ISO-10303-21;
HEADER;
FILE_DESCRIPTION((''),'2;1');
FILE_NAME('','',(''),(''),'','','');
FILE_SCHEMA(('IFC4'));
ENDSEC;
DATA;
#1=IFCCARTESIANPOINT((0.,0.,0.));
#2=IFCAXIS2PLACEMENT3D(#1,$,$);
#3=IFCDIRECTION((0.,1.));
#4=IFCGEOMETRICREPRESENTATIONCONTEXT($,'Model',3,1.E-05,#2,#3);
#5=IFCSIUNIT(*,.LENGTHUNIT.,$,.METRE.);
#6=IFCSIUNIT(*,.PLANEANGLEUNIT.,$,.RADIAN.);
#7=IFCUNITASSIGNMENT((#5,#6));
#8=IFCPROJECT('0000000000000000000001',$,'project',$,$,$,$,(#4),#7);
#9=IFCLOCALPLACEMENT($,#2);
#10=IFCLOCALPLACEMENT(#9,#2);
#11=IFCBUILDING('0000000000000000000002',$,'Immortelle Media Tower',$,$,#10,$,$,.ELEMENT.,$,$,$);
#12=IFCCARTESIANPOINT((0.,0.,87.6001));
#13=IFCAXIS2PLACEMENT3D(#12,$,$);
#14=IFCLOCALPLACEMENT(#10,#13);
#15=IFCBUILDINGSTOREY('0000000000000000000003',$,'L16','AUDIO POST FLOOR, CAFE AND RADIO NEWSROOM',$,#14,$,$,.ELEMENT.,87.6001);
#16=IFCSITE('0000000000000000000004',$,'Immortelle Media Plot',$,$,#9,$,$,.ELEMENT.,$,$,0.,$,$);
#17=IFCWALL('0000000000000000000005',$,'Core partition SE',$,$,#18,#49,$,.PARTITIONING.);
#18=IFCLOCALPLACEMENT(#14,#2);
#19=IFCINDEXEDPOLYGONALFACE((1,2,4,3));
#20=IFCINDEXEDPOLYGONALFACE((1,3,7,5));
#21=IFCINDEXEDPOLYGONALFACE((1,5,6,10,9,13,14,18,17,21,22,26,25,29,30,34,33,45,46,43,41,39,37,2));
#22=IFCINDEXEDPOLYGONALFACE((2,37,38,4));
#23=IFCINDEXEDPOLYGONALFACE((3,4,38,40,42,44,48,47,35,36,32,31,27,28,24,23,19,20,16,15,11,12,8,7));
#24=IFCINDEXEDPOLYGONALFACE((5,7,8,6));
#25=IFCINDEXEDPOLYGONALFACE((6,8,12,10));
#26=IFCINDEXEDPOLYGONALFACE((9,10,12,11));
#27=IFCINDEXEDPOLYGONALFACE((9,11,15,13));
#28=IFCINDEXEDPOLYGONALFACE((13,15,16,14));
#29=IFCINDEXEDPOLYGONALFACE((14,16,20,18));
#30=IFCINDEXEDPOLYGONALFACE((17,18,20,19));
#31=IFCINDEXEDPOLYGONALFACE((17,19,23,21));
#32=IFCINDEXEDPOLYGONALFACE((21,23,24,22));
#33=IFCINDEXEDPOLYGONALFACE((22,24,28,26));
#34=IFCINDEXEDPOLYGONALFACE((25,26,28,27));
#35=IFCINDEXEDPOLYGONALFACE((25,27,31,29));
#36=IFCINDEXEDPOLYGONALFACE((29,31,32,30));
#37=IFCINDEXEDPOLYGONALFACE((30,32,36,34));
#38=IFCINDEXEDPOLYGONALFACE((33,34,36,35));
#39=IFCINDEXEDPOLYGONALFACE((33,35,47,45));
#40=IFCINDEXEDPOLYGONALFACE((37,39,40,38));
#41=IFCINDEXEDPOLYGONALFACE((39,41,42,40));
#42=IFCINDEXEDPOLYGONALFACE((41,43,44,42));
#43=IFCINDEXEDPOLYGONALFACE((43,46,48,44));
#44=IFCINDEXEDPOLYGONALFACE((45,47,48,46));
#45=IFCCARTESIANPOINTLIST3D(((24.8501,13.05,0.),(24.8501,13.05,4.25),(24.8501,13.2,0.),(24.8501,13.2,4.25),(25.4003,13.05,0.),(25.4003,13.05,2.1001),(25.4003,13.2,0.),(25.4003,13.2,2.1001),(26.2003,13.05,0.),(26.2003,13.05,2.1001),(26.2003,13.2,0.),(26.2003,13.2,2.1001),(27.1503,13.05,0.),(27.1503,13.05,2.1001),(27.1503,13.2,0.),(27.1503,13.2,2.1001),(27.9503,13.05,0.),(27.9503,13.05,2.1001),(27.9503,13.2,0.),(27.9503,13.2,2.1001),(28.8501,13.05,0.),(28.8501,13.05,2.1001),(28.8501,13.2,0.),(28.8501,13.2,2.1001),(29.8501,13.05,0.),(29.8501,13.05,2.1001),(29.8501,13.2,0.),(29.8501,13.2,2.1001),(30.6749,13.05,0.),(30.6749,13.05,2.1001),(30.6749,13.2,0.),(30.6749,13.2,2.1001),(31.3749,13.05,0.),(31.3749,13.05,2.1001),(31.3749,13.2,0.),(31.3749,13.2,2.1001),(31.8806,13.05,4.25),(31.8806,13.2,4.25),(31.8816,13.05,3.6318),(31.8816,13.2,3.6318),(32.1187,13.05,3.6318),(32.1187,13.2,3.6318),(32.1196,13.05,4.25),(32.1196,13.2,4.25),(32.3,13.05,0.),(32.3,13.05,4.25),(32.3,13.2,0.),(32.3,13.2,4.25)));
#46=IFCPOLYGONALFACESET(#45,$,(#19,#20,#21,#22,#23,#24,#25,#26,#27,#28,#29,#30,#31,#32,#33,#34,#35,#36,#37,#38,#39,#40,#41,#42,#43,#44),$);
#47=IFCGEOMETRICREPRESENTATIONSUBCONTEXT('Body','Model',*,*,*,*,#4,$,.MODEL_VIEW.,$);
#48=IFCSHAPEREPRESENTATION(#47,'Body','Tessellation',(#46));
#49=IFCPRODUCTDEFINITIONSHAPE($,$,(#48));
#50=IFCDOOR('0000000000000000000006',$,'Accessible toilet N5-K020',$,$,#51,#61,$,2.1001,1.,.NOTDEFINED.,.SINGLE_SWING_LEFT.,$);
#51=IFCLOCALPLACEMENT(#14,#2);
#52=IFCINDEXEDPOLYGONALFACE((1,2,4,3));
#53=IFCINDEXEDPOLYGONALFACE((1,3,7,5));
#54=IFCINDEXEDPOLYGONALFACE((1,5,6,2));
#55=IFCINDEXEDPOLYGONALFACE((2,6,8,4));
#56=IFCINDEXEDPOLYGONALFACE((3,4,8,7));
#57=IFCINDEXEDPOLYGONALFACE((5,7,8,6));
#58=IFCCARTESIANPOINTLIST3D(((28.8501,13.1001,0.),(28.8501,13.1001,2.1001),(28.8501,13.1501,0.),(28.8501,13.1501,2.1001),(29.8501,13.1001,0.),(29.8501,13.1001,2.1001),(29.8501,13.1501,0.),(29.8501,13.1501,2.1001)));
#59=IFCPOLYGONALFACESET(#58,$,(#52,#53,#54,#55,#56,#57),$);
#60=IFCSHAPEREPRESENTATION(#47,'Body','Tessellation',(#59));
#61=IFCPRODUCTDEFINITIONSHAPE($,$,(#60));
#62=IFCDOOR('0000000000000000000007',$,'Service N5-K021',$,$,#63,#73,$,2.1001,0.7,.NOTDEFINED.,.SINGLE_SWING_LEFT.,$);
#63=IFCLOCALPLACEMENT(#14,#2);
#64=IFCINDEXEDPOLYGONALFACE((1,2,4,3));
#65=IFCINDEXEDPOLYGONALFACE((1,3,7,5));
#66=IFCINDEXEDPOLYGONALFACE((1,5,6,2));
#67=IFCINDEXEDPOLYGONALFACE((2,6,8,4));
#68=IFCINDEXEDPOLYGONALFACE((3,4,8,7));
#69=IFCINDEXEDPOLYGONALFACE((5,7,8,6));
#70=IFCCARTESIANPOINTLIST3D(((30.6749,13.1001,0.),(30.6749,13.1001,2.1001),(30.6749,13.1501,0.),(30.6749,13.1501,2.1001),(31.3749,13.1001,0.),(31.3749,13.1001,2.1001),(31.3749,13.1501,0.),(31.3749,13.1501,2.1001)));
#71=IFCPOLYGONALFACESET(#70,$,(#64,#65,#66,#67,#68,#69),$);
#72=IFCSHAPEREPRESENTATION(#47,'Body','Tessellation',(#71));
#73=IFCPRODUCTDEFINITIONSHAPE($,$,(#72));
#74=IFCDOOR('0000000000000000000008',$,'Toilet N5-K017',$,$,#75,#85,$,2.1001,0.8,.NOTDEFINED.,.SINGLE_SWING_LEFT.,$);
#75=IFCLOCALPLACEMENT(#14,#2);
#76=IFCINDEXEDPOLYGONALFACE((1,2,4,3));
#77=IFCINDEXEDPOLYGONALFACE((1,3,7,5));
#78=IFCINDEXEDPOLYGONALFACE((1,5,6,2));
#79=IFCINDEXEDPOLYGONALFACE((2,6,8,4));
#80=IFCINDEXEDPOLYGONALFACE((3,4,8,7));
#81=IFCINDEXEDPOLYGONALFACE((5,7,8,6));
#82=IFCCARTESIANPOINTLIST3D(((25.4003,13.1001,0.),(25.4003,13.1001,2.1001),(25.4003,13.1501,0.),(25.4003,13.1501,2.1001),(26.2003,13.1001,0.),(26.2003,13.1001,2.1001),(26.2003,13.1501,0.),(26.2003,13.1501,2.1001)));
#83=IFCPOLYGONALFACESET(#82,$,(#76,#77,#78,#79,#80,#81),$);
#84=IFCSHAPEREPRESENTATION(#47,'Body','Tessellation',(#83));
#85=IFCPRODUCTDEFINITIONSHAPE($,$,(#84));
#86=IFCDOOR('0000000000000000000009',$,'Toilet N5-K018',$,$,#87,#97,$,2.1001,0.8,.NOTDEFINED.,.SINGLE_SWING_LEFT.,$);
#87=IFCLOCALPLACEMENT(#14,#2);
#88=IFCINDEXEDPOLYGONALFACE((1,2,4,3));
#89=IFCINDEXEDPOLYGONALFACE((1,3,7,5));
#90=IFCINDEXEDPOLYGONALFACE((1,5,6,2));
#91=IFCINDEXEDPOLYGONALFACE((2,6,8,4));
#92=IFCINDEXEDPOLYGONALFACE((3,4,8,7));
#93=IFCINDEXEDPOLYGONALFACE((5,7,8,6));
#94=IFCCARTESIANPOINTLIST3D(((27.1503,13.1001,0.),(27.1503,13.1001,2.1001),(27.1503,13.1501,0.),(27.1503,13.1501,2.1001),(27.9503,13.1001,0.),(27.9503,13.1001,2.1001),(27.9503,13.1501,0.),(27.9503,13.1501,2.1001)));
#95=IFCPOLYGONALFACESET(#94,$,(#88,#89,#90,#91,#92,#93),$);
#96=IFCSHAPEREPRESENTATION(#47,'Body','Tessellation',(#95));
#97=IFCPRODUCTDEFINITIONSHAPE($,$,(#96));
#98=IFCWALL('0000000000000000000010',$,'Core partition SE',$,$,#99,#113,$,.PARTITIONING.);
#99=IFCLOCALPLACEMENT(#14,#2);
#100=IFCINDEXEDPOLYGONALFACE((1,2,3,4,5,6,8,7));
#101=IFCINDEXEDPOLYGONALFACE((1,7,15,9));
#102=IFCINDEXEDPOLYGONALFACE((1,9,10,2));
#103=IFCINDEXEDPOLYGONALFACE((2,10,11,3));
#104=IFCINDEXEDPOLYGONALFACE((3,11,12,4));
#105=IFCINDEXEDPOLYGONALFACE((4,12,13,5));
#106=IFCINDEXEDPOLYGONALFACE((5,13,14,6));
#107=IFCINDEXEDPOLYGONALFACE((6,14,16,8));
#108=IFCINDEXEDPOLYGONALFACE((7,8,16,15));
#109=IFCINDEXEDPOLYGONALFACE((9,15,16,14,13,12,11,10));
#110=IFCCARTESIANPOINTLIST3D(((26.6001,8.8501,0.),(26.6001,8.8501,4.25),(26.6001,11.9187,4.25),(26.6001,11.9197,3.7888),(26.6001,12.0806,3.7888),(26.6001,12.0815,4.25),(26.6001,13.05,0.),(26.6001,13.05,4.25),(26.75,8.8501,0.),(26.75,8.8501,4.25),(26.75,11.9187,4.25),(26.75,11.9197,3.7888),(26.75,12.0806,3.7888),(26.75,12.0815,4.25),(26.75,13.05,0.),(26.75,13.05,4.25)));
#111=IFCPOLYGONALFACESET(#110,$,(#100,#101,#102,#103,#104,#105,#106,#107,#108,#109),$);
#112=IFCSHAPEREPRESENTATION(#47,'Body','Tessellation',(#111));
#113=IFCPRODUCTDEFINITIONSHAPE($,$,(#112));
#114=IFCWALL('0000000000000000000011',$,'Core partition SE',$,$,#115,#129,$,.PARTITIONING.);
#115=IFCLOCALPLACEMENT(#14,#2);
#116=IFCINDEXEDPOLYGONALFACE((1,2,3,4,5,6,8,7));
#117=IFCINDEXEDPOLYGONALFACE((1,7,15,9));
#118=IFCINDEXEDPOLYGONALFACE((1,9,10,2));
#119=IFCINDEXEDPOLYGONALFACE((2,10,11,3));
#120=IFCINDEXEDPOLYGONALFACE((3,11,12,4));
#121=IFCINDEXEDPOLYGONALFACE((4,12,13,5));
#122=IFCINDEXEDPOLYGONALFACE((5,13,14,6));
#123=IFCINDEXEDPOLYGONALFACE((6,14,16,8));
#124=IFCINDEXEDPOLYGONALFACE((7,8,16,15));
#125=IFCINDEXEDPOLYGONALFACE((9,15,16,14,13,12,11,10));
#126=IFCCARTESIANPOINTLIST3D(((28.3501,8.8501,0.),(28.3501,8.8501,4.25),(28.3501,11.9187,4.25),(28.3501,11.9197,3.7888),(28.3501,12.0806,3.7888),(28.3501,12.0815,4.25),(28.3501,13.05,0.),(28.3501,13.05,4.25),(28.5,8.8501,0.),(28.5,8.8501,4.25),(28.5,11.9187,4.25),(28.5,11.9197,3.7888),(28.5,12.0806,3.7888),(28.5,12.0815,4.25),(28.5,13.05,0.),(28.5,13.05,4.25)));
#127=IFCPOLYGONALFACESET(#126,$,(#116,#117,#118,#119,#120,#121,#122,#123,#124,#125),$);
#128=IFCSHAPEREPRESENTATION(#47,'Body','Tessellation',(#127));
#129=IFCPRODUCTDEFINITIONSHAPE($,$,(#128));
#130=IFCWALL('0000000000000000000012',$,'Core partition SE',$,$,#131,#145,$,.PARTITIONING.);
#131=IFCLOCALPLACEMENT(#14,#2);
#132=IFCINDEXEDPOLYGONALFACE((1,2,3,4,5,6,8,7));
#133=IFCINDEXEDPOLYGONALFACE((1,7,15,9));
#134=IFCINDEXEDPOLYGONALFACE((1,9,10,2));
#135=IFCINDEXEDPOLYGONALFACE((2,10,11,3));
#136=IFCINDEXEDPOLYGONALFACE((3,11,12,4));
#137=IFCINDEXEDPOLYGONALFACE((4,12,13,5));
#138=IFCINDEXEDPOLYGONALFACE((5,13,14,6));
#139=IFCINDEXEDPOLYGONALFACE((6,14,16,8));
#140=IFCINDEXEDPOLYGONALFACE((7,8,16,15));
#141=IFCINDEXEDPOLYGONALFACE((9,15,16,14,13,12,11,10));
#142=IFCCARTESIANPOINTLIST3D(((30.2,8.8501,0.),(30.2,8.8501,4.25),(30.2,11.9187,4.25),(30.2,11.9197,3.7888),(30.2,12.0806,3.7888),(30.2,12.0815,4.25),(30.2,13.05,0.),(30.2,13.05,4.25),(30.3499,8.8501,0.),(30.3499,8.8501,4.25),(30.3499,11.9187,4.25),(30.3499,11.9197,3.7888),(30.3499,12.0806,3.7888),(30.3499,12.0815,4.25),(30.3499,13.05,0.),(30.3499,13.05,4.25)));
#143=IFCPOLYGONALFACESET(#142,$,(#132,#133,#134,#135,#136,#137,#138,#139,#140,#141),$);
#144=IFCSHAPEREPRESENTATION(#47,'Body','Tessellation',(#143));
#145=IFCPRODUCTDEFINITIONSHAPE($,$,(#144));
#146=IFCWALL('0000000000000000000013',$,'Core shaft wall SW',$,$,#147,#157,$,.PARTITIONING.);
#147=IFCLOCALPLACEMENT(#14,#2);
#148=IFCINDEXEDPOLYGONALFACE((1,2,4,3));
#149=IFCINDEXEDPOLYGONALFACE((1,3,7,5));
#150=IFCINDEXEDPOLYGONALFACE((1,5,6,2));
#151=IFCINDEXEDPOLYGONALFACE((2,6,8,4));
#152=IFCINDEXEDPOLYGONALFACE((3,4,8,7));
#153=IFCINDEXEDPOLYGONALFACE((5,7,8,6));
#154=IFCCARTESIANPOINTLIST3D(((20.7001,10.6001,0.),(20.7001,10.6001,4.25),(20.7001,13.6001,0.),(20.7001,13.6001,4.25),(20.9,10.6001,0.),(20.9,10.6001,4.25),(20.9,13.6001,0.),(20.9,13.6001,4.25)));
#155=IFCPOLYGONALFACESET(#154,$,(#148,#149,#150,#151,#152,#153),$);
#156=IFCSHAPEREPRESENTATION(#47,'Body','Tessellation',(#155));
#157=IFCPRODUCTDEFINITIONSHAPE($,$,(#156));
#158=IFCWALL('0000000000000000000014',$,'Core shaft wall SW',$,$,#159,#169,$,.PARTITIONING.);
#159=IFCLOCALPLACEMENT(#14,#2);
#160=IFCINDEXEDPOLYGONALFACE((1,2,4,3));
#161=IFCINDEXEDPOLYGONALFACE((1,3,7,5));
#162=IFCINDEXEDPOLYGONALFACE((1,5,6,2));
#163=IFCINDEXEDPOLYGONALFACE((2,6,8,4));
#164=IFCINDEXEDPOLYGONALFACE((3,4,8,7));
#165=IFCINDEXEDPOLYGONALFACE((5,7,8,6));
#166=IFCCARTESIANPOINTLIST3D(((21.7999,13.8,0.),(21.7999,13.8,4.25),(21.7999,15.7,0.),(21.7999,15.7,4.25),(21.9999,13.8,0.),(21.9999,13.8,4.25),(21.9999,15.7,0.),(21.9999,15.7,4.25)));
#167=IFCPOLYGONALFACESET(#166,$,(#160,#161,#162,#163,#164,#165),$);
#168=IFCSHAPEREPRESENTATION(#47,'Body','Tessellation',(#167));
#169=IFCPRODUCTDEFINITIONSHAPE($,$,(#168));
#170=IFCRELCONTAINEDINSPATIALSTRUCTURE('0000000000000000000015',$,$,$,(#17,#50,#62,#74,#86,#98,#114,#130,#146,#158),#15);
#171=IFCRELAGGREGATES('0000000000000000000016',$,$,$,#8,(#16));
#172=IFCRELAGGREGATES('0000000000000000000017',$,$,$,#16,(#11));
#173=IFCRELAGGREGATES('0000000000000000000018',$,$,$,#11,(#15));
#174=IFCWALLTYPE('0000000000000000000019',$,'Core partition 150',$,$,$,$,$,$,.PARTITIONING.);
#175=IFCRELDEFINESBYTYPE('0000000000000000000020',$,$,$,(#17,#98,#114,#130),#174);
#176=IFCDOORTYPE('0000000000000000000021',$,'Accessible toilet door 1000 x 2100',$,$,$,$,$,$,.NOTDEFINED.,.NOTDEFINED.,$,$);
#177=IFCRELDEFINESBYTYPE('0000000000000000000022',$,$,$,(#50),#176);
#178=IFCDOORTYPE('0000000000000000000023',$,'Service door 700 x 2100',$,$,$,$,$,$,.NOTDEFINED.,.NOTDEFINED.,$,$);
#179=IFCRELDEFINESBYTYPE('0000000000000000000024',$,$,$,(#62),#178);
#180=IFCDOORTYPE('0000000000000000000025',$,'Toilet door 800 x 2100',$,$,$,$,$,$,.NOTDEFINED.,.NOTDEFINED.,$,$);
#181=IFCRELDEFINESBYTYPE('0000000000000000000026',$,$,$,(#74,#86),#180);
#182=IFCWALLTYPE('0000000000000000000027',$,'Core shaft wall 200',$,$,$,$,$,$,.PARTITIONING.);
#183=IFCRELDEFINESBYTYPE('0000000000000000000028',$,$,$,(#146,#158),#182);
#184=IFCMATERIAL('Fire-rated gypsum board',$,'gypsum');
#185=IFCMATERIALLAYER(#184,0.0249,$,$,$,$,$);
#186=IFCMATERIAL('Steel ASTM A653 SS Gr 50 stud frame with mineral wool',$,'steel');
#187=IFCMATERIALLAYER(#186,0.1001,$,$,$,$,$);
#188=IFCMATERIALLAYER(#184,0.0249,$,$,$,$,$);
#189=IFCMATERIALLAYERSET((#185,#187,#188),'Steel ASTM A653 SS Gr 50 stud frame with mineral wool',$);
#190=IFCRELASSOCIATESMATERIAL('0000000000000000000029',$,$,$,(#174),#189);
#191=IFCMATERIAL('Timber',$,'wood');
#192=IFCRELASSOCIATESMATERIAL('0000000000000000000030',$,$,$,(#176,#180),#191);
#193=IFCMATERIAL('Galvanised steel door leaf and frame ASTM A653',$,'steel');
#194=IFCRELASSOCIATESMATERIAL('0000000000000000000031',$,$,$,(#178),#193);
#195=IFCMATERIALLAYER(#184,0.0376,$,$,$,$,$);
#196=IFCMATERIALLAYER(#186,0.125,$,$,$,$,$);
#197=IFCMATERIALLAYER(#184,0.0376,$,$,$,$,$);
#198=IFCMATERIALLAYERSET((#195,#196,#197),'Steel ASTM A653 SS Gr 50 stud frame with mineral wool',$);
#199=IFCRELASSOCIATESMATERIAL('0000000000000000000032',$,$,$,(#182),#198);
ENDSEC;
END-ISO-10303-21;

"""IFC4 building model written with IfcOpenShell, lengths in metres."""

from ifc_helpers import new_model, si_unit, direction, frame, frame_2d, origin, place, context, subcontext, project, spatial, polyline, rectangle, outline, extrude, material, layer, layer_set, type_object, element, fill, save


model = new_model("IFC4")

# Units and contexts
model_context = context("Model", 3, precision=1e-05, world=origin(), true_north=direction((0.0, 1.0)))
body_context = subcontext(model_context, "Body", "Model", "MODEL_VIEW")
ifc_project = project(units=[si_unit("LENGTHUNIT", "METRE"), si_unit("PLANEANGLEUNIT", "RADIAN")], contexts=[model_context])

# Site, building, storey
site_placement = place(None, origin())
site = spatial("IfcSite", under=ifc_project, at=site_placement, Name="Immortelle Media Plot", CompositionType="ELEMENT", RefElevation=0.0)
building_placement = place(site_placement, origin())
building = spatial("IfcBuilding", under=site, at=building_placement, Name="Immortelle Media Tower", CompositionType="ELEMENT")
storey_placement = place(building_placement, frame((0.0, 0.0, 87.6001)))
storey = spatial("IfcBuildingStorey", under=building, at=storey_placement, Name="L16", Description="AUDIO POST FLOOR, CAFE AND RADIO NEWSROOM", CompositionType="ELEMENT", Elevation=87.6001)

# Wall, openings, doors
ifc_material_1 = material(Name="Fire-rated gypsum board", Category="gypsum")
ifc_layer_1 = layer(ifc_material_1, 0.0249)
ifc_material_2 = material(Name="Steel ASTM A653 SS Gr 50 stud frame with mineral wool", Category="steel")
ifc_layer_2 = layer(ifc_material_2, 0.1001)
ifc_layer_3 = layer(ifc_material_1, 0.0249)
ifc_layer_set_1 = layer_set([ifc_layer_1, ifc_layer_2, ifc_layer_3], Name="Steel ASTM A653 SS Gr 50 stud frame with mineral wool")
wall_type_1 = type_object("IfcWallType", Name="Core partition 150", PredefinedType="PARTITIONING", material=ifc_layer_set_1)
wall_1_placement = place(storey_placement, frame((24.8501, 13.125, 0.0), z_axis=(0.0, 0.0, 1.0), x_axis=(1.0, 0.0, 0.0)))
wall_1 = element("IfcWall", 1, at=wall_1_placement, inside=storey, type_object=wall_type_1, Name="Core partition SE", PredefinedType="PARTITIONING", context=body_context, shape_type="SweptSolid", body=[
    extrude(outline(polyline([(0.0, 0.0), (7.45, 0.0), (7.45, 4.25), (7.2695, 4.25), (7.2686, 3.6318), (7.0315, 3.6318), (7.0305, 4.25), (0.0, 4.25), (0.0, 0.0)])), frame((0.0, 0.075, 0.0), z_axis=(0.0, -1.0, 0.0), x_axis=(1.0, 0.0, 0.0)), (0.0, 0.0, 1.0), 0.1499),
])
opening_1_placement = place(wall_1_placement, frame((1.3501, 0.0, 0.0), z_axis=(0.0, 0.0, 1.0), x_axis=(-1.0, 0.0, 0.0)))
opening_1 = element("IfcOpeningElement", 2, at=opening_1_placement, cuts=wall_1, PredefinedType="OPENING", context=body_context, shape_type="SweptSolid", body=[
    extrude(rectangle(XDim=0.8, YDim=2.1001, at=frame_2d((0.3999, 1.05))), frame((0.0, 0.085, 0.0), z_axis=(0.0, -1.0, 0.0), x_axis=(1.0, 0.0, 0.0)), (0.0, 0.0, 1.0), 0.1699),
])
opening_2_placement = place(wall_1_placement, frame((3.1001, 0.0, 0.0), z_axis=(0.0, 0.0, 1.0), x_axis=(-1.0, 0.0, 0.0)))
opening_2 = element("IfcOpeningElement", 3, at=opening_2_placement, cuts=wall_1, PredefinedType="OPENING", context=body_context, shape_type="SweptSolid", body=[
    extrude(rectangle(XDim=0.8, YDim=2.1001, at=frame_2d((0.3999, 1.05))), frame((0.0, 0.085, 0.0), z_axis=(0.0, -1.0, 0.0), x_axis=(1.0, 0.0, 0.0)), (0.0, 0.0, 1.0), 0.1699),
])
opening_3_placement = place(wall_1_placement, frame((5.0, 0.0, 0.0), z_axis=(0.0, 0.0, 1.0), x_axis=(-1.0, 0.0, 0.0)))
opening_3 = element("IfcOpeningElement", 4, at=opening_3_placement, cuts=wall_1, PredefinedType="OPENING", context=body_context, shape_type="SweptSolid", body=[
    extrude(rectangle(XDim=1.0, YDim=2.1001, at=frame_2d((0.5, 1.05))), frame((0.0, 0.085, 0.0), z_axis=(0.0, -1.0, 0.0), x_axis=(1.0, 0.0, 0.0)), (0.0, 0.0, 1.0), 0.1699),
])
opening_4_placement = place(wall_1_placement, frame((6.5249, 0.0, 0.0), z_axis=(0.0, 0.0, 1.0), x_axis=(-1.0, 0.0, 0.0)))
opening_4 = element("IfcOpeningElement", 5, at=opening_4_placement, cuts=wall_1, PredefinedType="OPENING", context=body_context, shape_type="SweptSolid", body=[
    extrude(rectangle(XDim=0.7, YDim=2.1001, at=frame_2d((0.3501, 1.05))), frame((0.0, 0.085, 0.0), z_axis=(0.0, -1.0, 0.0), x_axis=(1.0, 0.0, 0.0)), (0.0, 0.0, 1.0), 0.1699),
])
ifc_material_3 = material(Name="Timber", Category="wood")
door_type_1 = type_object("IfcDoorType", Name="Accessible toilet door 1000 x 2100", OperationType="NOTDEFINED", PredefinedType="NOTDEFINED", material=ifc_material_3)
door_1_placement = place(opening_3_placement, origin())
door_1 = element("IfcDoor", 6, at=door_1_placement, inside=storey, type_object=door_type_1, Name="Accessible toilet N5-K020", OperationType="SINGLE_SWING_LEFT", OverallHeight=2.1001, OverallWidth=1.0, PredefinedType="NOTDEFINED", context=body_context, shape_type="SweptSolid", body=[
    extrude(rectangle(XDim=1.0, YDim=2.1001, at=frame_2d((0.5, 1.05))), frame((0.0, 0.0249, 0.0), z_axis=(0.0, -1.0, 0.0), x_axis=(1.0, 0.0, 0.0)), (0.0, 0.0, 1.0), 0.05),
])
fill(opening_3, door_1)
ifc_material_4 = material(Name="Galvanised steel door leaf and frame ASTM A653", Category="steel")
door_type_2 = type_object("IfcDoorType", Name="Service door 700 x 2100", OperationType="NOTDEFINED", PredefinedType="NOTDEFINED", material=ifc_material_4)
door_2_placement = place(opening_4_placement, origin())
door_2 = element("IfcDoor", 7, at=door_2_placement, inside=storey, type_object=door_type_2, Name="Service N5-K021", OperationType="SINGLE_SWING_LEFT", OverallHeight=2.1001, OverallWidth=0.7, PredefinedType="NOTDEFINED", context=body_context, shape_type="SweptSolid", body=[
    extrude(rectangle(XDim=0.7, YDim=2.1001, at=frame_2d((0.3501, 1.05))), frame((0.0, 0.0249, 0.0), z_axis=(0.0, -1.0, 0.0), x_axis=(1.0, 0.0, 0.0)), (0.0, 0.0, 1.0), 0.05),
])
fill(opening_4, door_2)
door_type_3 = type_object("IfcDoorType", Name="Toilet door 800 x 2100", OperationType="NOTDEFINED", PredefinedType="NOTDEFINED", material=ifc_material_3)
door_3_placement = place(opening_1_placement, origin())
door_3 = element("IfcDoor", 8, at=door_3_placement, inside=storey, type_object=door_type_3, Name="Toilet N5-K017", OperationType="SINGLE_SWING_LEFT", OverallHeight=2.1001, OverallWidth=0.8, PredefinedType="NOTDEFINED", context=body_context, shape_type="SweptSolid", body=[
    extrude(rectangle(XDim=0.8, YDim=2.1001, at=frame_2d((0.3999, 1.05))), frame((0.0, 0.0249, 0.0), z_axis=(0.0, -1.0, 0.0), x_axis=(1.0, 0.0, 0.0)), (0.0, 0.0, 1.0), 0.05),
])
fill(opening_1, door_3)
door_4_placement = place(opening_2_placement, origin())
door_4 = element("IfcDoor", 9, at=door_4_placement, inside=storey, type_object=door_type_3, Name="Toilet N5-K018", OperationType="SINGLE_SWING_LEFT", OverallHeight=2.1001, OverallWidth=0.8, PredefinedType="NOTDEFINED", context=body_context, shape_type="SweptSolid", body=[
    extrude(rectangle(XDim=0.8, YDim=2.1001, at=frame_2d((0.3999, 1.05))), frame((0.0, 0.0249, 0.0), z_axis=(0.0, -1.0, 0.0), x_axis=(1.0, 0.0, 0.0)), (0.0, 0.0, 1.0), 0.05),
])
fill(opening_2, door_4)

# Walls
for number, where, z_axis, x_axis, name in (
    (10, (26.675, 8.8501, 0.0), (0.0, 0.0, 1.0), (0.0, 1.0, 0.0), "Core partition SE"),
    (11, (28.425, 8.8501, 0.0), (0.0, 0.0, 1.0), (0.0, 1.0, 0.0), "Core partition SE"),
    (12, (30.2749, 8.8501, 0.0), (0.0, 0.0, 1.0), (0.0, 1.0, 0.0), "Core partition SE"),
):
    element("IfcWall", number, at=place(storey_placement, frame(where, z_axis=z_axis, x_axis=x_axis)), inside=storey, type_object=wall_type_1, Name=name, PredefinedType="PARTITIONING", context=body_context, shape_type="SweptSolid", body=[
        extrude(outline(polyline([(0.0, 0.0), (4.2, 0.0), (4.2, 4.25), (3.2314, 4.25), (3.2305, 3.7888), (3.0696, 3.7888), (3.0686, 4.25), (0.0, 4.25), (0.0, 0.0)])), frame((0.0, 0.075, 0.0), z_axis=(0.0, -1.0, 0.0), x_axis=(1.0, 0.0, 0.0)), (0.0, 0.0, 1.0), 0.1499),
    ])
ifc_layer_4 = layer(ifc_material_1, 0.0376)
ifc_layer_5 = layer(ifc_material_2, 0.125)
ifc_layer_6 = layer(ifc_material_1, 0.0376)
ifc_layer_set_2 = layer_set([ifc_layer_4, ifc_layer_5, ifc_layer_6], Name="Steel ASTM A653 SS Gr 50 stud frame with mineral wool")
wall_type_2 = type_object("IfcWallType", Name="Core shaft wall 200", PredefinedType="PARTITIONING", material=ifc_layer_set_2)
wall_2_placement = place(storey_placement, frame((20.8, 10.6001, 0.0), z_axis=(0.0, 0.0, 1.0), x_axis=(0.0, 1.0, 0.0)))
element("IfcWall", 13, at=wall_2_placement, inside=storey, type_object=wall_type_2, Name="Core shaft wall SW", PredefinedType="PARTITIONING", context=body_context, shape_type="SweptSolid", body=[
    extrude(rectangle(XDim=3.0, YDim=0.2, at=frame_2d((1.5, 0.0))), origin(), (0.0, 0.0, 1.0), 4.25),
])
wall_3_placement = place(storey_placement, frame((21.8999, 13.8, 0.0), z_axis=(0.0, 0.0, 1.0), x_axis=(0.0, 1.0, 0.0)))
element("IfcWall", 14, at=wall_3_placement, inside=storey, type_object=wall_type_2, Name="Core shaft wall SW", PredefinedType="PARTITIONING", context=body_context, shape_type="SweptSolid", body=[
    extrude(rectangle(XDim=1.8999, YDim=0.2, at=frame_2d((0.95, 0.0))), origin(), (0.0, 0.0, 1.0), 4.25),
])

save(model, "model.ifc")
